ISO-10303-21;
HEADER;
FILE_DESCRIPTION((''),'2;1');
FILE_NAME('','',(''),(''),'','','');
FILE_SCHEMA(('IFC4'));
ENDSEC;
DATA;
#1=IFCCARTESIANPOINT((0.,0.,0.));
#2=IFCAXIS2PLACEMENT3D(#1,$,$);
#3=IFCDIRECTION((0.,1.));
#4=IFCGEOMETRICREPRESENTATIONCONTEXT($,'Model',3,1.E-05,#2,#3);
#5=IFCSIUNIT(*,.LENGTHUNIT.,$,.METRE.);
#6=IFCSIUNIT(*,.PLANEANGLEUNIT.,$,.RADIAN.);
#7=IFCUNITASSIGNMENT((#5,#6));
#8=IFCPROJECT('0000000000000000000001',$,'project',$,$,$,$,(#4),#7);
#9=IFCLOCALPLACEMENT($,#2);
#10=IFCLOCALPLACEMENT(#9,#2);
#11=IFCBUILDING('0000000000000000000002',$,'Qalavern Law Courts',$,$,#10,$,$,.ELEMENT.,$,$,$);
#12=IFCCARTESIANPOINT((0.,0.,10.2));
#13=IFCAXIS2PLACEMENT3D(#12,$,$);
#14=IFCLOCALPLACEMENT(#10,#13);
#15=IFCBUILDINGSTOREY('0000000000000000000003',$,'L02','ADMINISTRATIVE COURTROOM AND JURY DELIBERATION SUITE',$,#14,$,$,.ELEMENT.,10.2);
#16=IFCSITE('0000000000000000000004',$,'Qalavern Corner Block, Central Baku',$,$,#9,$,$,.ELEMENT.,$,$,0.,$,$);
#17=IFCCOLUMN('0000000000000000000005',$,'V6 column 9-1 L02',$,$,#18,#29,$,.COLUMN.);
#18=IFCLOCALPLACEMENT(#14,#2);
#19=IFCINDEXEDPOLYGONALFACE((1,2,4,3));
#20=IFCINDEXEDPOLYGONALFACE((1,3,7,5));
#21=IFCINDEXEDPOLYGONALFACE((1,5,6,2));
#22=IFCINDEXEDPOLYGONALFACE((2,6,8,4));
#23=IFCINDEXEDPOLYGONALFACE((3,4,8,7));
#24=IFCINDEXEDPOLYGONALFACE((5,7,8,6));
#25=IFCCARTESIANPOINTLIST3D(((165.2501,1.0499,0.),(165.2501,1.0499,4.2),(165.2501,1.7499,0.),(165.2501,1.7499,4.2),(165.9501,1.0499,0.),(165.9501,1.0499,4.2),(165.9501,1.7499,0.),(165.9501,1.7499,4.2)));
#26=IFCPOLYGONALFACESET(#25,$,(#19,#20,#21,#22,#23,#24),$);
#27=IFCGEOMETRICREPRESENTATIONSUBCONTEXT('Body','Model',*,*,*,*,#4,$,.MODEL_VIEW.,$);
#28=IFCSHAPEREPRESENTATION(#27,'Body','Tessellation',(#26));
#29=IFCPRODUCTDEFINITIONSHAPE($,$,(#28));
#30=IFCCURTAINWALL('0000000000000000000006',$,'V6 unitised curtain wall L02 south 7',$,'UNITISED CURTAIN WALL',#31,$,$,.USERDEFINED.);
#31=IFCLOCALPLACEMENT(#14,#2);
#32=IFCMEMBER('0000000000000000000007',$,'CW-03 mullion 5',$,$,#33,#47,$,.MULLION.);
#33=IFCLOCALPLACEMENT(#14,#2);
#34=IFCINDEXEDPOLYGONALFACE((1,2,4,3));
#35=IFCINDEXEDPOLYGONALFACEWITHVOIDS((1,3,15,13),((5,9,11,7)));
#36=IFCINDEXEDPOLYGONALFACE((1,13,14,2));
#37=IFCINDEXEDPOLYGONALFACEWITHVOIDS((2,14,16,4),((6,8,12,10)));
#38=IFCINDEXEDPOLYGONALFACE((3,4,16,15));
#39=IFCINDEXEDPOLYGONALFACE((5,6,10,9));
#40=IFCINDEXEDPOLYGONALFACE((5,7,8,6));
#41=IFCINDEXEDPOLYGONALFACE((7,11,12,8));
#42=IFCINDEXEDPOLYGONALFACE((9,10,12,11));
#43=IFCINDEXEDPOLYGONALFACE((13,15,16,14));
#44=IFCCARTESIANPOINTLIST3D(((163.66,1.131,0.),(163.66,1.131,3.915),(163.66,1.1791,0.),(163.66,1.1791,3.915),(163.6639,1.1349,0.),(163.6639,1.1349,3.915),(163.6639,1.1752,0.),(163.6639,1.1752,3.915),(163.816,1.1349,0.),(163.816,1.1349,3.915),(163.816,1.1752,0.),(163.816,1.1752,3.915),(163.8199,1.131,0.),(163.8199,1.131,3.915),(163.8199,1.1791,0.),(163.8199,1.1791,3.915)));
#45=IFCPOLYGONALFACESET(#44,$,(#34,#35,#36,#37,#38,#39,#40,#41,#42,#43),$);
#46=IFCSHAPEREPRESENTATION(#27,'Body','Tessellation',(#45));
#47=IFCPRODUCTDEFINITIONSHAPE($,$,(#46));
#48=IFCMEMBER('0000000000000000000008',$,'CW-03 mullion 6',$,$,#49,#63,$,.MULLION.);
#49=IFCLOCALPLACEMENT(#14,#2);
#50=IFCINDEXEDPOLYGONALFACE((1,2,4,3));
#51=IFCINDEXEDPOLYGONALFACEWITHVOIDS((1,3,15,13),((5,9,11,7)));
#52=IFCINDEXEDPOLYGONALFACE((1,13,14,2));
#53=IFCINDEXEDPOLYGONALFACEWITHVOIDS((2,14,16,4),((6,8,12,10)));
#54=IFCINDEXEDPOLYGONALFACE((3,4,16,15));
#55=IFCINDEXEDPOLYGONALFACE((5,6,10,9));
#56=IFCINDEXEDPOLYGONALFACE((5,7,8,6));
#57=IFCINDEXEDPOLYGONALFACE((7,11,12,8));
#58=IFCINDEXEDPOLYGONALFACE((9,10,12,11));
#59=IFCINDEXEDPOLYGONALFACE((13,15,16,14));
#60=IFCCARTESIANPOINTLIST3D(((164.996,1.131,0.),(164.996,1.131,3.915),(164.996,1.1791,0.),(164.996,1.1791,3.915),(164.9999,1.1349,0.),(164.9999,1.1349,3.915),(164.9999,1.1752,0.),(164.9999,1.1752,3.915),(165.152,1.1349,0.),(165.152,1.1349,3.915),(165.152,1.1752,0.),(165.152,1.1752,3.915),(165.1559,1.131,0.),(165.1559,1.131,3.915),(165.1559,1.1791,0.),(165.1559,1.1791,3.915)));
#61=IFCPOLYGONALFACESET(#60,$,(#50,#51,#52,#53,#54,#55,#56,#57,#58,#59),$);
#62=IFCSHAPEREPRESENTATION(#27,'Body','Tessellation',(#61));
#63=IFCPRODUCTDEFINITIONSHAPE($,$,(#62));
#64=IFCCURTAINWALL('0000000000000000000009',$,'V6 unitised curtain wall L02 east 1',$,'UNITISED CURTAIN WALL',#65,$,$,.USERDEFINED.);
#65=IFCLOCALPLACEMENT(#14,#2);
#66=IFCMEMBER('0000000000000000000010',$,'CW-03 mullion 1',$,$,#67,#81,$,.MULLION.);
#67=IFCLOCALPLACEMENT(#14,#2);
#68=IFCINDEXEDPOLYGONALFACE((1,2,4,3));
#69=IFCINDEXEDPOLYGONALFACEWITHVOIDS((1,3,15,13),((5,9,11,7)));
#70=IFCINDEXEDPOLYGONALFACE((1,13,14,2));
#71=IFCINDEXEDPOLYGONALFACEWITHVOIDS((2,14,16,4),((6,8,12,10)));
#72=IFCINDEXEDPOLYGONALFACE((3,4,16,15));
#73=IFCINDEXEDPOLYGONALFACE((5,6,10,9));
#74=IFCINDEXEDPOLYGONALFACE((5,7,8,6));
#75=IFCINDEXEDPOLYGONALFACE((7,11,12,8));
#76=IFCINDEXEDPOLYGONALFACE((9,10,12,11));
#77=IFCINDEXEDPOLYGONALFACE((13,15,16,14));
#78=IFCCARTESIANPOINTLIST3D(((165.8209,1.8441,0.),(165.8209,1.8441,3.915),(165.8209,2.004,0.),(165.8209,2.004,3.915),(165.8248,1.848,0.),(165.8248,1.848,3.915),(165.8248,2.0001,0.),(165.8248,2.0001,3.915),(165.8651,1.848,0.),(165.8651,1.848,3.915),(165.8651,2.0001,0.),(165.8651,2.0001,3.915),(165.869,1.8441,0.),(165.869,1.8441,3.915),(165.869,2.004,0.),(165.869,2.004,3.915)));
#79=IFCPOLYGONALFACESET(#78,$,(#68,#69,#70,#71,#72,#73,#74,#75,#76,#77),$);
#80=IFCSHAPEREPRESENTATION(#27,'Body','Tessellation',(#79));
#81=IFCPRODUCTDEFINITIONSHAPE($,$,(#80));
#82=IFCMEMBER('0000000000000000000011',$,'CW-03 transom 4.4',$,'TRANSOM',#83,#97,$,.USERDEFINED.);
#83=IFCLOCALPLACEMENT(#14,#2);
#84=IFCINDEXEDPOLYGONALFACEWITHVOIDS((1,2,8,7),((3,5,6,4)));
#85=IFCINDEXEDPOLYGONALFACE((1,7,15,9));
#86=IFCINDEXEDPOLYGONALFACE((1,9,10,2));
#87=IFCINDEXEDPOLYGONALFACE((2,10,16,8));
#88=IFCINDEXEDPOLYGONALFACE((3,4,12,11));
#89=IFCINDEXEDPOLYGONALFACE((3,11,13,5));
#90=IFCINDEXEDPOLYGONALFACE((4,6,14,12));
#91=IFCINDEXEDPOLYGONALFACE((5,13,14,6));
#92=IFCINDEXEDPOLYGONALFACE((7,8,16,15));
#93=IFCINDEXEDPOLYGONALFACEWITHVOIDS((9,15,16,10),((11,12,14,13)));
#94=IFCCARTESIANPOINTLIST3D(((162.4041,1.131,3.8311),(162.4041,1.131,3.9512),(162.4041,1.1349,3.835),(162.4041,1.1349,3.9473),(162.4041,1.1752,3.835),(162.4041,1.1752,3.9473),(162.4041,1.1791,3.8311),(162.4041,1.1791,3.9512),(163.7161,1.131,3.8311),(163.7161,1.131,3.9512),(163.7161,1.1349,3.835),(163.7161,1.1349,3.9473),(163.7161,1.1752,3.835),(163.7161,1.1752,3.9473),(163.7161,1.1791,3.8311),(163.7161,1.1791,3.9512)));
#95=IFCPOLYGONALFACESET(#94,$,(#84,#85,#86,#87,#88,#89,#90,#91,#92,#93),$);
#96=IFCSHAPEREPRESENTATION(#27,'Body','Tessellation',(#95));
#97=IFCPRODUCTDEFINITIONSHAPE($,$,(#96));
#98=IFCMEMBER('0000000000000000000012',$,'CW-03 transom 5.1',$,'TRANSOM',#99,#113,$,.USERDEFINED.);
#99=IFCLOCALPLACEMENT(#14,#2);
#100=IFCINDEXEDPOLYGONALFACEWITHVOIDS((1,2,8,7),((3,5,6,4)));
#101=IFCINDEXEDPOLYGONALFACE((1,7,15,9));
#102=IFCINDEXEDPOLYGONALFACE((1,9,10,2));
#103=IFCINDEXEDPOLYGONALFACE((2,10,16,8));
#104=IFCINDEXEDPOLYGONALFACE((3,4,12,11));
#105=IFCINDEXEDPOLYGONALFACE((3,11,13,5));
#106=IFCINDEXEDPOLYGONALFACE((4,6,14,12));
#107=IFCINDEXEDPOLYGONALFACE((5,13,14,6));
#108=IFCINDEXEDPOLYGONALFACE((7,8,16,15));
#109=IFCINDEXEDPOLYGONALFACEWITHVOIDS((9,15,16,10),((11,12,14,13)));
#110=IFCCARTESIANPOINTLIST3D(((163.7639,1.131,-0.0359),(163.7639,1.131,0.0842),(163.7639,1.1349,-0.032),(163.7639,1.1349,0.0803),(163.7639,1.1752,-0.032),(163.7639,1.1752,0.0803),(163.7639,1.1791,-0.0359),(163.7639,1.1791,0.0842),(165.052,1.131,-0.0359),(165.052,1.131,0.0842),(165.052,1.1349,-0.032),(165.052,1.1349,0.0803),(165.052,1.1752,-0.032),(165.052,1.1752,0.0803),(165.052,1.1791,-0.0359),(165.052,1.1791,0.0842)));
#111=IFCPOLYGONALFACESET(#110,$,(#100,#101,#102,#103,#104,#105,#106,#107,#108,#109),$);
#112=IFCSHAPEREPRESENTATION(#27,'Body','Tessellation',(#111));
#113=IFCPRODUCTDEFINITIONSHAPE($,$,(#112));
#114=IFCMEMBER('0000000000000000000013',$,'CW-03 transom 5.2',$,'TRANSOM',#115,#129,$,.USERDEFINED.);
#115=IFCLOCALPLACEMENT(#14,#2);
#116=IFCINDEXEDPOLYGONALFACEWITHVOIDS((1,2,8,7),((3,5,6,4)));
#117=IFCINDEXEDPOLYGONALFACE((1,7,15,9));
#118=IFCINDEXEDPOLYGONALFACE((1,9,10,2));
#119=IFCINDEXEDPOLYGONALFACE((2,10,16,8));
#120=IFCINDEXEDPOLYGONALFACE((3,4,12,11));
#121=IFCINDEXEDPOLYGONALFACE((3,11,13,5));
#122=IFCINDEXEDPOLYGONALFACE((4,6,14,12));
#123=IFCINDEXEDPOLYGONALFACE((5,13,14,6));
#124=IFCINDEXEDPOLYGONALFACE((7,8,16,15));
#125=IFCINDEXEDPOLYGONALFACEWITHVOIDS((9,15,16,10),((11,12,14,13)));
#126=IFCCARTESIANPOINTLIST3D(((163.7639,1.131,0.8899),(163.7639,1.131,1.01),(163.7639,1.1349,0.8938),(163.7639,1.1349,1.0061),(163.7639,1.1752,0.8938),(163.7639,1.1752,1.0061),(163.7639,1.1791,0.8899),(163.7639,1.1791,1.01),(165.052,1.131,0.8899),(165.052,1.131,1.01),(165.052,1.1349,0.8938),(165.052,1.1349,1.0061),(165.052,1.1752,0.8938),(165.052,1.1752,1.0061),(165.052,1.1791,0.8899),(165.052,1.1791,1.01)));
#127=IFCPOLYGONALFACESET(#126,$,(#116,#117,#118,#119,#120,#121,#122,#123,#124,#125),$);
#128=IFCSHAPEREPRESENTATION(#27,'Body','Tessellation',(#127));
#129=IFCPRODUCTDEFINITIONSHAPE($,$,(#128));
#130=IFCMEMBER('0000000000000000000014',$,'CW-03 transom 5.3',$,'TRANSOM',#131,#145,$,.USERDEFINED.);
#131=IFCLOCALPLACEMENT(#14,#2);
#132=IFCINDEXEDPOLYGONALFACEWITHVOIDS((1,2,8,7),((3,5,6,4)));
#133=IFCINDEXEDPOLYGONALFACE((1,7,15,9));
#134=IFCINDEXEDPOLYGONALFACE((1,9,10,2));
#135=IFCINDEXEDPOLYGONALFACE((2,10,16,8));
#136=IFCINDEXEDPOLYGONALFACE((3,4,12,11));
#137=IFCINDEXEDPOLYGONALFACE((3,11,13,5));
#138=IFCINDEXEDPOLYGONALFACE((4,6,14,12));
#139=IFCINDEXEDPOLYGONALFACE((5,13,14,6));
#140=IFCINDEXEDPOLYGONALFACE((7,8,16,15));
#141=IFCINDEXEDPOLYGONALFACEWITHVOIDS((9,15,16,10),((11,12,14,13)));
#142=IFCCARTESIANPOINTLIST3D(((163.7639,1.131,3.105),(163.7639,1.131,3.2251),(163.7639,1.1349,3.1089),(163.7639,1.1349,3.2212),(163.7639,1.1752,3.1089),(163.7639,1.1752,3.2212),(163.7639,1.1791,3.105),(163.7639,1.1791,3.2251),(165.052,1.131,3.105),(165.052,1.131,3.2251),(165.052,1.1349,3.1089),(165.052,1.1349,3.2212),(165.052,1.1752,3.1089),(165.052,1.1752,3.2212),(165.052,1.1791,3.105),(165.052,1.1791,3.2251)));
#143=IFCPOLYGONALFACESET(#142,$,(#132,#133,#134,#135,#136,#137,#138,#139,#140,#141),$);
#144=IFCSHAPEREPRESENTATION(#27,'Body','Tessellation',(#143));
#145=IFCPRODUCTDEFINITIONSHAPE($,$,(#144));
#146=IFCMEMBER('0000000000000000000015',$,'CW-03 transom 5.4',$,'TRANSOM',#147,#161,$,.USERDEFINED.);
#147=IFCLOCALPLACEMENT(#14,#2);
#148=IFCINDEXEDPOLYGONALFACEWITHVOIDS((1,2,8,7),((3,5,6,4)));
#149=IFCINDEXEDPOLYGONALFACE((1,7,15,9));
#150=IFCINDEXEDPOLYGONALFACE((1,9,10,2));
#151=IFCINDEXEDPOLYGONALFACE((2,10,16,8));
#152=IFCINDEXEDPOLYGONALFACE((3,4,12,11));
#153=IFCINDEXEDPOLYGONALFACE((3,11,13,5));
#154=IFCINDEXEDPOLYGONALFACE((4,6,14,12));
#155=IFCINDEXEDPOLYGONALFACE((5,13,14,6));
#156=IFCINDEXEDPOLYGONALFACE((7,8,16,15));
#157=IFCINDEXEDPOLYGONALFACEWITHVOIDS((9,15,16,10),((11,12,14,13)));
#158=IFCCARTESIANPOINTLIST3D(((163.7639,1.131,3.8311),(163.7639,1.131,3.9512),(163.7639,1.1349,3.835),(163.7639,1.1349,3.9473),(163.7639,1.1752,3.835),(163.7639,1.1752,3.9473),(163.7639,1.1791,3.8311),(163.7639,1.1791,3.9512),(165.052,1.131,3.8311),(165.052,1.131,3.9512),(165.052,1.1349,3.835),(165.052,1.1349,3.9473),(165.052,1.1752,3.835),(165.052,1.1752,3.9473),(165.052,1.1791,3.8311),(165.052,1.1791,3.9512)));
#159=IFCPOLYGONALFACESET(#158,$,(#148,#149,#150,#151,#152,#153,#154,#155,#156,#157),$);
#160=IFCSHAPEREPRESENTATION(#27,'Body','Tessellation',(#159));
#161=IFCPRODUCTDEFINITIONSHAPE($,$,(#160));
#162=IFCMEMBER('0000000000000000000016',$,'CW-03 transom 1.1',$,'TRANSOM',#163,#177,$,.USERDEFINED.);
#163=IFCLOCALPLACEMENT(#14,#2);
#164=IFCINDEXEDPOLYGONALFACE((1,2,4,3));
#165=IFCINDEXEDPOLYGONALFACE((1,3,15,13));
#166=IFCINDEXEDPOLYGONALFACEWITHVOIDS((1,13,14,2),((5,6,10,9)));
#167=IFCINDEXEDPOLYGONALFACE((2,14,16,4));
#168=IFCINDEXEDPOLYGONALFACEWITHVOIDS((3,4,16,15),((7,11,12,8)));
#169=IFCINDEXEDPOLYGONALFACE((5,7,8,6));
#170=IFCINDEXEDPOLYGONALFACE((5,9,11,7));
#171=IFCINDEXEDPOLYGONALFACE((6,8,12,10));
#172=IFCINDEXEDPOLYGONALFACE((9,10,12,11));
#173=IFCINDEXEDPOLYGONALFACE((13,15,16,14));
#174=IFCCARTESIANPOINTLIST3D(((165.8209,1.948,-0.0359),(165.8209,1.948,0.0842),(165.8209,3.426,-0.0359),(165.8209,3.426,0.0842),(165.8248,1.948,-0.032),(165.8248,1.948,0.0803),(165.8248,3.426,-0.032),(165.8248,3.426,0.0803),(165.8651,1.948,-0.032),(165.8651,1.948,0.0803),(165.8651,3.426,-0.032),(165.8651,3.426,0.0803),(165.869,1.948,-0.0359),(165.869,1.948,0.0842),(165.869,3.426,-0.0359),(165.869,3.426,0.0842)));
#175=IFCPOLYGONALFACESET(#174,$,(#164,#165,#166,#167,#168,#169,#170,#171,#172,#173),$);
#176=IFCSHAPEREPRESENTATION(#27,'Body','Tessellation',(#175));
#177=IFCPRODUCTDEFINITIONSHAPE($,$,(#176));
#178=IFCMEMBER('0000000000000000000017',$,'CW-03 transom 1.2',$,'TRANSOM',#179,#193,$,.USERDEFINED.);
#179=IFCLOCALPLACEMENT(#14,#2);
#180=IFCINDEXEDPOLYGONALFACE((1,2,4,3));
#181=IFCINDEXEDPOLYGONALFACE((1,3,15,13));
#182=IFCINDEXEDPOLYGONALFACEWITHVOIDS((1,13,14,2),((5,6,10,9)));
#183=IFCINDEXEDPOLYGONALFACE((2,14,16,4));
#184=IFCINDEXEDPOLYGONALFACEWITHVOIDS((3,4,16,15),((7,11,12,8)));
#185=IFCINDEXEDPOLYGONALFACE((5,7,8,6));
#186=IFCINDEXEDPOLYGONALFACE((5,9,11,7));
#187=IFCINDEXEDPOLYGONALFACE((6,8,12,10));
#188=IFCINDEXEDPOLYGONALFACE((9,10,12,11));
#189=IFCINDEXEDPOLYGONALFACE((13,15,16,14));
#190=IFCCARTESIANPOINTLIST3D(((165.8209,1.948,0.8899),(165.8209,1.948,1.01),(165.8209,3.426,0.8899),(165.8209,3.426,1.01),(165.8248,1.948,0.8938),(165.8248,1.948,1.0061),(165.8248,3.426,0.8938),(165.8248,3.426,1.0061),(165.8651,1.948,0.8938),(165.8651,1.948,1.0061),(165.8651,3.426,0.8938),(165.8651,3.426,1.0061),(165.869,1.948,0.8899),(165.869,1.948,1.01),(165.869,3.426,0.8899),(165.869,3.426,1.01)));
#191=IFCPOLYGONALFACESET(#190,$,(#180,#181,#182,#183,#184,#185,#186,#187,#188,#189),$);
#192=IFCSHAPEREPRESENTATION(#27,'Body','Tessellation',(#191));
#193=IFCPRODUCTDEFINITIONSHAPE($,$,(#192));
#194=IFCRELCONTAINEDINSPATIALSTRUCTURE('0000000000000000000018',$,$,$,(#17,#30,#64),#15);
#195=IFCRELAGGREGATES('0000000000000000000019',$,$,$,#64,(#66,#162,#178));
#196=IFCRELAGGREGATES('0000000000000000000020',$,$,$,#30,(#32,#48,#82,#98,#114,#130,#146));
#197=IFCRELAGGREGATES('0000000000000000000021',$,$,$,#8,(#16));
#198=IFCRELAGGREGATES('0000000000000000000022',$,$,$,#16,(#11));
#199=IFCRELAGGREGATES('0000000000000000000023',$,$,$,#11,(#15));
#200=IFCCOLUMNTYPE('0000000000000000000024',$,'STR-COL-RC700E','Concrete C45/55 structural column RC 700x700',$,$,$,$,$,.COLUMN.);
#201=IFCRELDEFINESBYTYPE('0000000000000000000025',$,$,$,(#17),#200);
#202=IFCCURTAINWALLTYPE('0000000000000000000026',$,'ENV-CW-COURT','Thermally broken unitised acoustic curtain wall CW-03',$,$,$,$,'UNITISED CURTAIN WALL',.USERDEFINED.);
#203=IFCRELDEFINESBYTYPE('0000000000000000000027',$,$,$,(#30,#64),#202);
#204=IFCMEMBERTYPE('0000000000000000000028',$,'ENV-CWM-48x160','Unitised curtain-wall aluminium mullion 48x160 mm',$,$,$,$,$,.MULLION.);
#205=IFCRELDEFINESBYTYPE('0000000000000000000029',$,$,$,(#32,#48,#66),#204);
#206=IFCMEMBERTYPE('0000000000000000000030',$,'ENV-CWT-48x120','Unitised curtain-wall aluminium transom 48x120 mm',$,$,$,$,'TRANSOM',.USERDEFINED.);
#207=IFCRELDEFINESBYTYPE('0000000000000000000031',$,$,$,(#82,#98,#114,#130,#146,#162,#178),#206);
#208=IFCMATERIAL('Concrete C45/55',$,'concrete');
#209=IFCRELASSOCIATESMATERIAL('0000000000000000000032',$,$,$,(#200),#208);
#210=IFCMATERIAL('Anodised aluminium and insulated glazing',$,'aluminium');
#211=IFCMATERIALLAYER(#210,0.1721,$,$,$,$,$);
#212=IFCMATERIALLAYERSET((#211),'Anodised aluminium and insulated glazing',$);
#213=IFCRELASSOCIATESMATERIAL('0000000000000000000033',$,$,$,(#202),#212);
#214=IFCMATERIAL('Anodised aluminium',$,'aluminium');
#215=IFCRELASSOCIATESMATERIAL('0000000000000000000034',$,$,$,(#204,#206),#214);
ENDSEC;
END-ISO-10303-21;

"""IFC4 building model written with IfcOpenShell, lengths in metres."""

from ifc_helpers import new_model, si_unit, direction, frame, origin, origin_2d, place, context, subcontext, project, spatial, rectangle, hollow_rectangle, extrude, material, layer, layer_set, material_profile, profile_set, type_object, element, aggregate, save


model = new_model("IFC4")

# Units and contexts
model_context = context("Model", 3, precision=1e-05, world=origin(), true_north=direction((0.0, 1.0)))
body_context = subcontext(model_context, "Body", "Model", "MODEL_VIEW")
ifc_project = project(units=[si_unit("LENGTHUNIT", "METRE"), si_unit("PLANEANGLEUNIT", "RADIAN")], contexts=[model_context])

# Site, building, storey
site_placement = place(None, origin())
site = spatial("IfcSite", under=ifc_project, at=site_placement, Name="Qalavern Corner Block, Central Baku", CompositionType="ELEMENT", RefElevation=0.0)
building_placement = place(site_placement, origin())
building = spatial("IfcBuilding", under=site, at=building_placement, Name="Qalavern Law Courts", CompositionType="ELEMENT")
storey_placement = place(building_placement, frame((0.0, 0.0, 10.2)))
storey = spatial("IfcBuildingStorey", under=building, at=storey_placement, Name="L02", Description="ADMINISTRATIVE COURTROOM AND JURY DELIBERATION SUITE", CompositionType="ELEMENT", Elevation=10.2)

# Column
ifc_material_1 = material(Name="Concrete C45/55", Category="concrete")
ifc_material_profile_1 = material_profile(ifc_material_1, rectangle(XDim=0.7, YDim=0.7, at=origin_2d()), Name="RC 700x700")
ifc_profile_set_1 = profile_set([ifc_material_profile_1], Name="Concrete C45/55")
column_type = type_object("IfcColumnType", Name="STR-COL-RC700E", Description="Concrete C45/55 structural column RC 700x700", PredefinedType="COLUMN", material=ifc_profile_set_1)
column_placement = place(storey_placement, frame((165.6001, 1.3999, 0.0), z_axis=(0.0, 0.0, 1.0), x_axis=(1.0, 0.0, 0.0)))
element("IfcColumn", 1, at=column_placement, inside=storey, type_object=column_type, Name="V6 column 9-1 L02", PredefinedType="COLUMN", context=body_context, shape_type="SweptSolid", body=[
    extrude(rectangle(XDim=0.7, YDim=0.7, at=origin_2d()), origin(), (0.0, 0.0, 1.0), 4.2),
])

# Curtain wall, members
ifc_material_2 = material(Name="Anodised aluminium and insulated glazing", Category="aluminium")
ifc_layer_1 = layer(ifc_material_2, 0.1721)
ifc_layer_set_1 = layer_set([ifc_layer_1], Name="Anodised aluminium and insulated glazing")
curtain_wall_type = type_object("IfcCurtainWallType", Name="ENV-CW-COURT", Description="Thermally broken unitised acoustic curtain wall CW-03", ElementType="UNITISED CURTAIN WALL", PredefinedType="USERDEFINED", material=ifc_layer_set_1)
curtain_wall_1_placement = place(storey_placement, origin())
curtain_wall_1 = element("IfcCurtainWall", 2, at=curtain_wall_1_placement, inside=storey, type_object=curtain_wall_type, Name="V6 unitised curtain wall L02 south 7", ObjectType="UNITISED CURTAIN WALL", PredefinedType="USERDEFINED")
ifc_material_3 = material(Name="Anodised aluminium", Category="aluminium")
ifc_material_profile_2 = material_profile(ifc_material_3, hollow_rectangle(XDim=0.0481, YDim=0.1599, WallThickness=0.0039, at=origin_2d()), Name="ALU MULLION 48x160")
ifc_profile_set_2 = profile_set([ifc_material_profile_2], Name="Anodised aluminium")
member_type_1 = type_object("IfcMemberType", Name="ENV-CWM-48x160", Description="Unitised curtain-wall aluminium mullion 48x160 mm", PredefinedType="MULLION", material=ifc_profile_set_2)
member_1_placement = place(storey_placement, frame((163.74, 1.155, 0.0), z_axis=(0.0, 0.0, 1.0), x_axis=(0.0, 1.0, 0.0)))
member_1 = element("IfcMember", 3, at=member_1_placement, type_object=member_type_1, Name="CW-03 mullion 5", PredefinedType="MULLION", context=body_context, shape_type="SweptSolid", body=[
    extrude(hollow_rectangle(XDim=0.0481, YDim=0.1599, WallThickness=0.0039, at=origin_2d()), origin(), (0.0, 0.0, 1.0), 3.915),
])
member_2_placement = place(storey_placement, frame((165.0759, 1.155, 0.0), z_axis=(0.0, 0.0, 1.0), x_axis=(0.0, 1.0, 0.0)))
member_2 = element("IfcMember", 4, at=member_2_placement, type_object=member_type_1, Name="CW-03 mullion 6", PredefinedType="MULLION", context=body_context, shape_type="SweptSolid", body=[
    extrude(hollow_rectangle(XDim=0.0481, YDim=0.1599, WallThickness=0.0039, at=origin_2d()), origin(), (0.0, 0.0, 1.0), 3.915),
])

# Curtain wall, member
curtain_wall_2_placement = place(storey_placement, origin())
curtain_wall_2 = element("IfcCurtainWall", 5, at=curtain_wall_2_placement, inside=storey, type_object=curtain_wall_type, Name="V6 unitised curtain wall L02 east 1", ObjectType="UNITISED CURTAIN WALL", PredefinedType="USERDEFINED")
member_3_placement = place(storey_placement, frame((165.845, 1.9241, 0.0), z_axis=(0.0, 0.0, 1.0), x_axis=(-1.0, 0.0, 0.0)))
member_3 = element("IfcMember", 6, at=member_3_placement, type_object=member_type_1, Name="CW-03 mullion 1", PredefinedType="MULLION", context=body_context, shape_type="SweptSolid", body=[
    extrude(hollow_rectangle(XDim=0.0481, YDim=0.1599, WallThickness=0.0039, at=origin_2d()), origin(), (0.0, 0.0, 1.0), 3.915),
])

# Members
ifc_material_profile_3 = material_profile(ifc_material_3, hollow_rectangle(XDim=0.0481, YDim=0.1201, WallThickness=0.0039, at=origin_2d()), Name="ALU TRANSOM 48x120")
ifc_profile_set_3 = profile_set([ifc_material_profile_3], Name="Anodised aluminium")
member_type_2 = type_object("IfcMemberType", Name="ENV-CWT-48x120", Description="Unitised curtain-wall aluminium transom 48x120 mm", ElementType="TRANSOM", PredefinedType="USERDEFINED", material=ifc_profile_set_3)
member_4_placement = place(storey_placement, frame((162.4041, 1.155, 3.8911), z_axis=(1.0, 0.0, 0.0), x_axis=(0.0, 1.0, 0.0)))
member_4 = element("IfcMember", 7, at=member_4_placement, type_object=member_type_2, Name="CW-03 transom 4.4", ObjectType="TRANSOM", PredefinedType="USERDEFINED", context=body_context, shape_type="SweptSolid", body=[
    extrude(hollow_rectangle(XDim=0.0481, YDim=0.1201, WallThickness=0.0039, at=origin_2d()), origin(), (0.0, 0.0, 1.0), 1.312),
])
member_5_placement = place(storey_placement, frame((163.7639, 1.155, 0.0242), z_axis=(1.0, 0.0, 0.0), x_axis=(0.0, 1.0, 0.0)))
member_5 = element("IfcMember", 8, at=member_5_placement, type_object=member_type_2, Name="CW-03 transom 5.1", ObjectType="TRANSOM", PredefinedType="USERDEFINED", context=body_context, shape_type="SweptSolid", body=[
    extrude(hollow_rectangle(XDim=0.0481, YDim=0.1201, WallThickness=0.0039, at=origin_2d()), origin(), (0.0, 0.0, 1.0), 1.2881),
])
member_6_placement = place(storey_placement, frame((163.7639, 1.155, 0.95), z_axis=(1.0, 0.0, 0.0), x_axis=(0.0, 1.0, 0.0)))
member_6 = element("IfcMember", 9, at=member_6_placement, type_object=member_type_2, Name="CW-03 transom 5.2", ObjectType="TRANSOM", PredefinedType="USERDEFINED", context=body_context, shape_type="SweptSolid", body=[
    extrude(hollow_rectangle(XDim=0.0481, YDim=0.1201, WallThickness=0.0039, at=origin_2d()), origin(), (0.0, 0.0, 1.0), 1.2881),
])
member_7_placement = place(storey_placement, frame((163.7639, 1.155, 3.165), z_axis=(1.0, 0.0, 0.0), x_axis=(0.0, 1.0, 0.0)))
member_7 = element("IfcMember", 10, at=member_7_placement, type_object=member_type_2, Name="CW-03 transom 5.3", ObjectType="TRANSOM", PredefinedType="USERDEFINED", context=body_context, shape_type="SweptSolid", body=[
    extrude(hollow_rectangle(XDim=0.0481, YDim=0.1201, WallThickness=0.0039, at=origin_2d()), origin(), (0.0, 0.0, 1.0), 1.2881),
])
member_8_placement = place(storey_placement, frame((163.7639, 1.155, 3.8911), z_axis=(1.0, 0.0, 0.0), x_axis=(0.0, 1.0, 0.0)))
member_8 = element("IfcMember", 11, at=member_8_placement, type_object=member_type_2, Name="CW-03 transom 5.4", ObjectType="TRANSOM", PredefinedType="USERDEFINED", context=body_context, shape_type="SweptSolid", body=[
    extrude(hollow_rectangle(XDim=0.0481, YDim=0.1201, WallThickness=0.0039, at=origin_2d()), origin(), (0.0, 0.0, 1.0), 1.2881),
])
member_9_placement = place(storey_placement, frame((165.845, 1.948, 0.0242), z_axis=(0.0, 1.0, 0.0), x_axis=(-1.0, 0.0, 0.0)))
member_9 = element("IfcMember", 12, at=member_9_placement, type_object=member_type_2, Name="CW-03 transom 1.1", ObjectType="TRANSOM", PredefinedType="USERDEFINED", context=body_context, shape_type="SweptSolid", body=[
    extrude(hollow_rectangle(XDim=0.0481, YDim=0.1201, WallThickness=0.0039, at=origin_2d()), origin(), (0.0, 0.0, 1.0), 1.478),
])
member_10_placement = place(storey_placement, frame((165.845, 1.948, 0.95), z_axis=(0.0, 1.0, 0.0), x_axis=(-1.0, 0.0, 0.0)))
member_10 = element("IfcMember", 13, at=member_10_placement, type_object=member_type_2, Name="CW-03 transom 1.2", ObjectType="TRANSOM", PredefinedType="USERDEFINED", context=body_context, shape_type="SweptSolid", body=[
    extrude(hollow_rectangle(XDim=0.0481, YDim=0.1201, WallThickness=0.0039, at=origin_2d()), origin(), (0.0, 0.0, 1.0), 1.478),
])
aggregate(curtain_wall_2, [member_3, member_9, member_10])

aggregate(curtain_wall_1, [member_1, member_2, member_4, member_5, member_6, member_7, member_8])

save(model, "model.ifc")
